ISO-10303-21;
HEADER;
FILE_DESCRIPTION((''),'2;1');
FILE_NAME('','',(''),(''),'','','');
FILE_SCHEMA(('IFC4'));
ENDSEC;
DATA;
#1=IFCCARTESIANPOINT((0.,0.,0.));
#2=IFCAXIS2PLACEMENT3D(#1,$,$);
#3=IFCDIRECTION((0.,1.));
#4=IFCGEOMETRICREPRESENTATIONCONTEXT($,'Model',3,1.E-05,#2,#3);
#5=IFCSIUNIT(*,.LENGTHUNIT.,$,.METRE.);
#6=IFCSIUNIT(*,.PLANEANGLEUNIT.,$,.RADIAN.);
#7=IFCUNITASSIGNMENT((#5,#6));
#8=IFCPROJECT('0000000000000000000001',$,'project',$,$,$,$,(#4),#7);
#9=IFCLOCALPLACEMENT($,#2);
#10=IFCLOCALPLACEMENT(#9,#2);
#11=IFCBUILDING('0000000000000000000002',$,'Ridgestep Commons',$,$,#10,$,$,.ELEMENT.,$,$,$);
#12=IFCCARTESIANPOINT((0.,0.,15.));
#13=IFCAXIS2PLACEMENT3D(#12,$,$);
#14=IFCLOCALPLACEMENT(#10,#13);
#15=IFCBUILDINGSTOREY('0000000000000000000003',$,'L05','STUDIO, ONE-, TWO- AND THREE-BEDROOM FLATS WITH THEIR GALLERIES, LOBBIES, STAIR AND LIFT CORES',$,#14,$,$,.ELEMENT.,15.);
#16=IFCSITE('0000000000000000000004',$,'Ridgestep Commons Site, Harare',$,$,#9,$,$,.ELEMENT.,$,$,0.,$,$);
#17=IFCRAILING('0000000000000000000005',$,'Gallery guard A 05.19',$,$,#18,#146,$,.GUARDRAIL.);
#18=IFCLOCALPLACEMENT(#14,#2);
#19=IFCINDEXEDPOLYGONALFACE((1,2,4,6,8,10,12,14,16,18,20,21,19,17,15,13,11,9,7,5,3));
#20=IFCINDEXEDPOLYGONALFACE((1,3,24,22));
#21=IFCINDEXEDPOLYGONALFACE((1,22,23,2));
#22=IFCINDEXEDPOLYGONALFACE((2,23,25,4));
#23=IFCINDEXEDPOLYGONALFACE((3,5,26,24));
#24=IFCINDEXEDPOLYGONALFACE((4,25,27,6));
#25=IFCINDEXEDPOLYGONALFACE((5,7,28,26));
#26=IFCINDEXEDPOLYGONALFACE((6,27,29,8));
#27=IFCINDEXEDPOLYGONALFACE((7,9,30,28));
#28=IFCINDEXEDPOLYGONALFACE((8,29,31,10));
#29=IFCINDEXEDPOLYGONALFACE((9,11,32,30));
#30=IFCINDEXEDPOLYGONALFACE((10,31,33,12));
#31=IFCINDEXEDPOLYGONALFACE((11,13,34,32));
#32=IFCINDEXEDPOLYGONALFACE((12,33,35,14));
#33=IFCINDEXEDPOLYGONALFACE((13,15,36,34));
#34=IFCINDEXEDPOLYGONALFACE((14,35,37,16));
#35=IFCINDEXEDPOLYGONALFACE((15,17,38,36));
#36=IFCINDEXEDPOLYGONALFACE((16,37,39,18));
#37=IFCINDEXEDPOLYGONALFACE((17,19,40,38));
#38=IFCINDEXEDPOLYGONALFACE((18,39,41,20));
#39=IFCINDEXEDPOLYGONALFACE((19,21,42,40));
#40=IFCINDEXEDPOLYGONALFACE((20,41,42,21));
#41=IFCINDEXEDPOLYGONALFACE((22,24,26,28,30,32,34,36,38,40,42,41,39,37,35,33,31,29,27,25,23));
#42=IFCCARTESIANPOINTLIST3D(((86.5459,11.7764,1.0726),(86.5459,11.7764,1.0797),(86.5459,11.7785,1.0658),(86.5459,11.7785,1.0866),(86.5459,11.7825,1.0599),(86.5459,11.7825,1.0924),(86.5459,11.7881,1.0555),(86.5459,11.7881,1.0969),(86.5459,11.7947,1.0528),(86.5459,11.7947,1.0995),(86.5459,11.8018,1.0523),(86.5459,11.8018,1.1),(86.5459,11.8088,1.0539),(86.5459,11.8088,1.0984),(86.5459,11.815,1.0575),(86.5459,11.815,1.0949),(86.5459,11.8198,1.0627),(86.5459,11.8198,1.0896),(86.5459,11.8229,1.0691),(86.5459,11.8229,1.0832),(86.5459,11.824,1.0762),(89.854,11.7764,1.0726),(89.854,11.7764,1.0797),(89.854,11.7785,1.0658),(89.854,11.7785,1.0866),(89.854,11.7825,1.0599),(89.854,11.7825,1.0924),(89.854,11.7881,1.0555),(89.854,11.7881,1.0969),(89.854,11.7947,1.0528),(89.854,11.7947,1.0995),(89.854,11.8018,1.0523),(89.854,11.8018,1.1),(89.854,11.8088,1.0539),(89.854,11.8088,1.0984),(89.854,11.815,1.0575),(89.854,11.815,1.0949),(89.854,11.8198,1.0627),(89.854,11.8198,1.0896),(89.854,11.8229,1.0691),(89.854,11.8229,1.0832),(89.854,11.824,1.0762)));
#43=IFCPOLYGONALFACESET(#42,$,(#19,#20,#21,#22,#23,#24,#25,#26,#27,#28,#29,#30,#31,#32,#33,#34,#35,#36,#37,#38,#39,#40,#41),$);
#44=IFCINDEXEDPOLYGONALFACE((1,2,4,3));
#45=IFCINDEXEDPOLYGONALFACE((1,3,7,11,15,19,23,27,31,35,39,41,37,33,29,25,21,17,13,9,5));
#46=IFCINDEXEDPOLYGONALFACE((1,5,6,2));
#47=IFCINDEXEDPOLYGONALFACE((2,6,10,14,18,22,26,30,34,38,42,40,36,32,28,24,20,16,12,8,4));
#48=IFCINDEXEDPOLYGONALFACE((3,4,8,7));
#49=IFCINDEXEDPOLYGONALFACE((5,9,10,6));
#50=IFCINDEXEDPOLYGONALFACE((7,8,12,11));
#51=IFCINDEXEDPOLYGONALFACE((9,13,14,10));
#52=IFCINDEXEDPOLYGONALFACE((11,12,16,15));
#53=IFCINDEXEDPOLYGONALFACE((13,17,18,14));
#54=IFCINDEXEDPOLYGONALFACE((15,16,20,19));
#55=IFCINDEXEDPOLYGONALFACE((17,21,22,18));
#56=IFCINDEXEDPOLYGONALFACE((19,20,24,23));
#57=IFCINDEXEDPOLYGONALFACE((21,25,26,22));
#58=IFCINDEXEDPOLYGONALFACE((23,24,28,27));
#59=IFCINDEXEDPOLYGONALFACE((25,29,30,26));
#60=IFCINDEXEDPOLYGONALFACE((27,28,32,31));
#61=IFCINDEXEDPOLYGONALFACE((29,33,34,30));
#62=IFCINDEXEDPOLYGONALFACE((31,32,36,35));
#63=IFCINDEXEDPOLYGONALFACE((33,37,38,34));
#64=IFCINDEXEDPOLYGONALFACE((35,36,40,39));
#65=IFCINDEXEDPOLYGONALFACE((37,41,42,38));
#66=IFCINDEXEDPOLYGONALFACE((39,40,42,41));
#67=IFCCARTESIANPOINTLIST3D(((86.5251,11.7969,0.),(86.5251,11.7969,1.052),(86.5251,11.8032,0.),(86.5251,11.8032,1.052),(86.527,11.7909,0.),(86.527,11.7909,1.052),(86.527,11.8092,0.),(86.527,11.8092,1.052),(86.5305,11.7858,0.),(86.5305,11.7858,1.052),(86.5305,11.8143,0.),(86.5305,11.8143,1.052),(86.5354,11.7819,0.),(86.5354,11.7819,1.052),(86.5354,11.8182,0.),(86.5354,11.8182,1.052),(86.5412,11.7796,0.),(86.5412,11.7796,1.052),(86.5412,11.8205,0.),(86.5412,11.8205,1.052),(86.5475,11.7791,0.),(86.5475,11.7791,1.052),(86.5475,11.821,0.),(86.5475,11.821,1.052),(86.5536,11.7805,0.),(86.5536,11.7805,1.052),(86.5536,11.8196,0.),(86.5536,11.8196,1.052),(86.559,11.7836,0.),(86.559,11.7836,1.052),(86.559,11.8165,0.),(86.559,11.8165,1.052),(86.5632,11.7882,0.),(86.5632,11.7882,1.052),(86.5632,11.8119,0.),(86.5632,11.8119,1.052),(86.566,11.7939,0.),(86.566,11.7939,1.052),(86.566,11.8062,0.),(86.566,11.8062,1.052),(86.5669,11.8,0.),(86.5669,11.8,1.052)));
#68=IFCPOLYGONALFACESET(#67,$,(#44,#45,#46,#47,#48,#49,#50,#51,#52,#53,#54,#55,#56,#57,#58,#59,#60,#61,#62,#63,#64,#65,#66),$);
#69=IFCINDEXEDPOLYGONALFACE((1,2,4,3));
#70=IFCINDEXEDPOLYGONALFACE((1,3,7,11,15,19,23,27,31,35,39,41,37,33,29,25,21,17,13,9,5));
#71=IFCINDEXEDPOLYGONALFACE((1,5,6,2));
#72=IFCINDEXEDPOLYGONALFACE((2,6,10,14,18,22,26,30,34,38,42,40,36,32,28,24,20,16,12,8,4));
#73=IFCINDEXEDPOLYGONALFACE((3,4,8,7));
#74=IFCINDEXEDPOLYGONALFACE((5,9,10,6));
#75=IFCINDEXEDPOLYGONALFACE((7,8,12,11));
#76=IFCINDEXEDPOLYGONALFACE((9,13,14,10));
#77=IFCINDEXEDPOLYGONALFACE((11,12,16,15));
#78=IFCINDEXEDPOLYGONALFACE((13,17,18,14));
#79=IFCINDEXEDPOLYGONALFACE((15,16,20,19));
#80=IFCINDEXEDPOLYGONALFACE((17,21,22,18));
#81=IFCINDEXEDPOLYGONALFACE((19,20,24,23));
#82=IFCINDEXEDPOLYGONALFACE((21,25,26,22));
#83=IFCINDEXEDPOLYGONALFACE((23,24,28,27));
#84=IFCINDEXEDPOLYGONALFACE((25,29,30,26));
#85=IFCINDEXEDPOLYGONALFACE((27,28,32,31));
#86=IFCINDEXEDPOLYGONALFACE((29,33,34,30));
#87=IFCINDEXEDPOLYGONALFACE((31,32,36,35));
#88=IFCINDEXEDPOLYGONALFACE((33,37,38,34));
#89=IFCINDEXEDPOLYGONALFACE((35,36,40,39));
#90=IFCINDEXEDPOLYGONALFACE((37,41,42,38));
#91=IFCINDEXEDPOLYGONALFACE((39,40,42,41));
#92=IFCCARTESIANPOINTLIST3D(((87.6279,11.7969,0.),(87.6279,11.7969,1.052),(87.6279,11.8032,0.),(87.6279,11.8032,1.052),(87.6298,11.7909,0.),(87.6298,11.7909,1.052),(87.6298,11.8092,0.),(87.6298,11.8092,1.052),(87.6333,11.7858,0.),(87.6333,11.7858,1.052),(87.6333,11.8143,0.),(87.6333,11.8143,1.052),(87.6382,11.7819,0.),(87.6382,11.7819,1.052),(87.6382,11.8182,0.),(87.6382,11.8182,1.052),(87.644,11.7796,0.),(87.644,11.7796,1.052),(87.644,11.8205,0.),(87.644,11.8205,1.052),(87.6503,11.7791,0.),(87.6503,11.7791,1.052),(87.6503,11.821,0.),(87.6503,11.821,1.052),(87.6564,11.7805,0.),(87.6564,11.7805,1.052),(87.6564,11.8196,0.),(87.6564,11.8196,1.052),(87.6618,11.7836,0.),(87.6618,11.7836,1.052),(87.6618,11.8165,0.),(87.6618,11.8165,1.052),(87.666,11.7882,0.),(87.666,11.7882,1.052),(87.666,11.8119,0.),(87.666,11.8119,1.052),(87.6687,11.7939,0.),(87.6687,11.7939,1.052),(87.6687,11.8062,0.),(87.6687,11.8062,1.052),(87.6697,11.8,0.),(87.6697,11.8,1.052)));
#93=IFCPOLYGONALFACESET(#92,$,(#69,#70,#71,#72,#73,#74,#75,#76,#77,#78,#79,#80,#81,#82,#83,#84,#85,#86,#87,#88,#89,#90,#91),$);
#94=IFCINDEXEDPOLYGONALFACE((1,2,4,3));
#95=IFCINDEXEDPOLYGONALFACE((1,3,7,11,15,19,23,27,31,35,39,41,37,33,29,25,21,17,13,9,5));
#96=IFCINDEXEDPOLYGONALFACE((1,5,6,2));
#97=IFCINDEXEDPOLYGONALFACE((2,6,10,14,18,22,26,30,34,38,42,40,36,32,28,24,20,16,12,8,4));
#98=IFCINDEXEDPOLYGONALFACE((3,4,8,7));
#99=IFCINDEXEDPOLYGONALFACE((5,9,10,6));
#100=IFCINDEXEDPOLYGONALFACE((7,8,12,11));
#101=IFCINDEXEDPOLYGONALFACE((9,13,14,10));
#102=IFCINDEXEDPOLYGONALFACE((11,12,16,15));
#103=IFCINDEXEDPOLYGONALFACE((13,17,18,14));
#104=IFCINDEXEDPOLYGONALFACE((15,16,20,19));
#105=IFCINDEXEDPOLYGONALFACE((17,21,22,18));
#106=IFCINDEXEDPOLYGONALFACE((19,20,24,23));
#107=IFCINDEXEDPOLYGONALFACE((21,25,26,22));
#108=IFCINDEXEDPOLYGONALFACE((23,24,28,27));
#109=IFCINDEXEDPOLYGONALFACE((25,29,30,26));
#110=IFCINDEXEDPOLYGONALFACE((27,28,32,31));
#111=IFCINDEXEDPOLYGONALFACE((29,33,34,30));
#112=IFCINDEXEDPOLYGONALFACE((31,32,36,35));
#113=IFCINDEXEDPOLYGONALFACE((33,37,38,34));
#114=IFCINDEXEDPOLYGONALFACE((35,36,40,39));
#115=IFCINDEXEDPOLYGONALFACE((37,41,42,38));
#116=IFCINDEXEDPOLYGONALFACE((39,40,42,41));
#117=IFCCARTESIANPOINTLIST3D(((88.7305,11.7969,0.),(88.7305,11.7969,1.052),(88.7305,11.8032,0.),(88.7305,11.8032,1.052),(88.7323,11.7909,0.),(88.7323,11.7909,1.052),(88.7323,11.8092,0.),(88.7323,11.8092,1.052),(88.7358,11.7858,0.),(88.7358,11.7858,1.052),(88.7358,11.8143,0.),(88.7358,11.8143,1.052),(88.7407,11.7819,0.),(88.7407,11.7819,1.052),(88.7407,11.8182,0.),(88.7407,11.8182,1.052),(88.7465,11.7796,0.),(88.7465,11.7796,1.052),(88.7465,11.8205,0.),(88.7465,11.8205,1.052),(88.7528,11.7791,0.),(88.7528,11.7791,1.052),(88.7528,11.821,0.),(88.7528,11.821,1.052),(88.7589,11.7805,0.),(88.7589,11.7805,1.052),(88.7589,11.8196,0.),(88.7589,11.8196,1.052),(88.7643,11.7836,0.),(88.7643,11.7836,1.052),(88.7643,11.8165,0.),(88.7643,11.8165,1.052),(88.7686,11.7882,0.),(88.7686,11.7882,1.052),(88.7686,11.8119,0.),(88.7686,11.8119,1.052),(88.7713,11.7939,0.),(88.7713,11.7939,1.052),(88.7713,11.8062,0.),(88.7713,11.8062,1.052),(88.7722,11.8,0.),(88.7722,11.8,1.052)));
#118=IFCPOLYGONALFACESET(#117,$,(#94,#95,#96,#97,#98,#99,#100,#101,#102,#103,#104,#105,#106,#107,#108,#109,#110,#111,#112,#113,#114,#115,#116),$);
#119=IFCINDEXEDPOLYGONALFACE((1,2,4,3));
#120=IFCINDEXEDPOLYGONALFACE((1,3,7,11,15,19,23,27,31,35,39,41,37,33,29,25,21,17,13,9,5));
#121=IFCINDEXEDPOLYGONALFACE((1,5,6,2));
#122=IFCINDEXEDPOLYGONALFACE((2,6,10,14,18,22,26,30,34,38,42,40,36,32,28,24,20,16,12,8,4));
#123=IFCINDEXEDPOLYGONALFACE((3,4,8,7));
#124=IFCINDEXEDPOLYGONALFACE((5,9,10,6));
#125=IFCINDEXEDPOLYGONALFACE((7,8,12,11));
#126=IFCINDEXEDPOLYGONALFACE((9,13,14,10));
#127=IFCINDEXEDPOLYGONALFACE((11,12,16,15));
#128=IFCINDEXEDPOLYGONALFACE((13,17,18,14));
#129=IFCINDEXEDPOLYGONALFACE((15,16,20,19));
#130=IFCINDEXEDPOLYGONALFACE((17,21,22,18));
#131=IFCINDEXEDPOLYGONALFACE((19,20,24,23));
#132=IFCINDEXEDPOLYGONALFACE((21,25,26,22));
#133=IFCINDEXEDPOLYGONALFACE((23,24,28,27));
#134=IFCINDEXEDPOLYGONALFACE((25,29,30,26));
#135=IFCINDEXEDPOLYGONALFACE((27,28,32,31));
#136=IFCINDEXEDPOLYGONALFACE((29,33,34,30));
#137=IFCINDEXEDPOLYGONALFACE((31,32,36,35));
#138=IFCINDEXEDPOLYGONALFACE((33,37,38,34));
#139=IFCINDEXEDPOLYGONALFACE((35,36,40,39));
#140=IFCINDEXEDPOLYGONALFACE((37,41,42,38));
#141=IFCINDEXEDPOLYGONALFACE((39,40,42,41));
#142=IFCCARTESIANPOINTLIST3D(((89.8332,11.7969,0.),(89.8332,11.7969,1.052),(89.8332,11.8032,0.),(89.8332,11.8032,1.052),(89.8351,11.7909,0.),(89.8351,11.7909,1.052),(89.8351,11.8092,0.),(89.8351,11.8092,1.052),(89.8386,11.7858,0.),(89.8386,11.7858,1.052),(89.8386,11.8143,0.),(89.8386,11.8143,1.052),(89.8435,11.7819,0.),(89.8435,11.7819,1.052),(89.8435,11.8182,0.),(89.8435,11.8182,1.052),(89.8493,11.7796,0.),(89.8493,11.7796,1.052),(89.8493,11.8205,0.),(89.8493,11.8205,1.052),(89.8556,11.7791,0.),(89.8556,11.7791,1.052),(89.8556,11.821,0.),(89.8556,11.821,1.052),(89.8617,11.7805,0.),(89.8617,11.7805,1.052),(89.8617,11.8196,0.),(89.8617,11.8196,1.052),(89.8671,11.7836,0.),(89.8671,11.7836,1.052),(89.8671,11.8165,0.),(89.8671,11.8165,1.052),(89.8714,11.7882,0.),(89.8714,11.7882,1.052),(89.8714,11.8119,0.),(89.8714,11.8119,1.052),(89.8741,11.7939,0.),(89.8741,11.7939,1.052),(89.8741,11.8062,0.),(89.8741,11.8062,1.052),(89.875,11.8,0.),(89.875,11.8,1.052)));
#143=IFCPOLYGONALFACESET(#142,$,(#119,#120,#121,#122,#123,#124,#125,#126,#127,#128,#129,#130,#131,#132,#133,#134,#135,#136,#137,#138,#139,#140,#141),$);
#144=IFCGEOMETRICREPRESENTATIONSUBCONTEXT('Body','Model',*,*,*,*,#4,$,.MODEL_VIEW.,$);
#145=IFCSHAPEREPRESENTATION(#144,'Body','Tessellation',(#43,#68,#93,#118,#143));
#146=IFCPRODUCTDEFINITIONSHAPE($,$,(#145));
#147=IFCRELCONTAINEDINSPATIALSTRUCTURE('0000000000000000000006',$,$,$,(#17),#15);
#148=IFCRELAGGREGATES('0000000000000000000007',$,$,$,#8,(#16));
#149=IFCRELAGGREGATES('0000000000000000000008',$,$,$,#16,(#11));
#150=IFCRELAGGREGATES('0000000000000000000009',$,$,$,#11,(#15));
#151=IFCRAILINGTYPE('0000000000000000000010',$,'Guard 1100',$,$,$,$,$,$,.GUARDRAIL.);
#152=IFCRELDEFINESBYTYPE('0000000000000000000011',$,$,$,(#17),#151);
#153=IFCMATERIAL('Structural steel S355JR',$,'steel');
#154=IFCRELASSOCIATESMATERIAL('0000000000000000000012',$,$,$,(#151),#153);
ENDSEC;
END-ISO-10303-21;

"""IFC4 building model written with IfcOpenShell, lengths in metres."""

from ifc_helpers import new_model, si_unit, direction, frame, origin, origin_2d, place, context, subcontext, project, spatial, circle, extrude, material, type_object, element, save


model = new_model("IFC4")

# Units and contexts
model_context = context("Model", 3, precision=1e-05, world=origin(), true_north=direction((0.0, 1.0)))
body_context = subcontext(model_context, "Body", "Model", "MODEL_VIEW")
ifc_project = project(units=[si_unit("LENGTHUNIT", "METRE"), si_unit("PLANEANGLEUNIT", "RADIAN")], contexts=[model_context])

# Site, building, storey
site_placement = place(None, origin())
site = spatial("IfcSite", under=ifc_project, at=site_placement, Name="Ridgestep Commons Site, Harare", CompositionType="ELEMENT", RefElevation=0.0)
building_placement = place(site_placement, origin())
building = spatial("IfcBuilding", under=site, at=building_placement, Name="Ridgestep Commons", CompositionType="ELEMENT")
storey_placement = place(building_placement, frame((0.0, 0.0, 15.0)))
storey = spatial("IfcBuildingStorey", under=building, at=storey_placement, Name="L05", Description="STUDIO, ONE-, TWO- AND THREE-BEDROOM FLATS WITH THEIR GALLERIES, LOBBIES, STAIR AND LIFT CORES", CompositionType="ELEMENT", Elevation=15.0)

# Railing
ifc_material_1 = material(Name="Structural steel S355JR", Category="steel")
railing_type = type_object("IfcRailingType", Name="Guard 1100", PredefinedType="GUARDRAIL", material=ifc_material_1)
railing_1_placement = place(storey_placement, frame((86.5459, 11.8, 0.0)))
element("IfcRailing", 1, at=railing_1_placement, inside=storey, type_object=railing_type, Name="Gallery guard A 05.19", PredefinedType="GUARDRAIL", context=body_context, shape_type="SweptSolid", body=[
    extrude(circle(Radius=0.0239, at=origin_2d()), frame((0.0, 0.0, 1.0762), z_axis=(1.0, 0.0, 0.0), x_axis=(0.0, 1.0, 0.0)), (0.0, 0.0, 1.0), 3.3081),
    extrude(circle(Radius=0.021, at=origin_2d()), origin(), (0.0, 0.0, 1.0), 1.052),
    extrude(circle(Radius=0.021, at=origin_2d()), frame((1.1028, 0.0, 0.0)), (0.0, 0.0, 1.0), 1.052),
    extrude(circle(Radius=0.021, at=origin_2d()), frame((2.2053, 0.0, 0.0)), (0.0, 0.0, 1.0), 1.052),
    extrude(circle(Radius=0.021, at=origin_2d()), frame((3.3081, 0.0, 0.0)), (0.0, 0.0, 1.0), 1.052),
])

save(model, "model.ifc")
